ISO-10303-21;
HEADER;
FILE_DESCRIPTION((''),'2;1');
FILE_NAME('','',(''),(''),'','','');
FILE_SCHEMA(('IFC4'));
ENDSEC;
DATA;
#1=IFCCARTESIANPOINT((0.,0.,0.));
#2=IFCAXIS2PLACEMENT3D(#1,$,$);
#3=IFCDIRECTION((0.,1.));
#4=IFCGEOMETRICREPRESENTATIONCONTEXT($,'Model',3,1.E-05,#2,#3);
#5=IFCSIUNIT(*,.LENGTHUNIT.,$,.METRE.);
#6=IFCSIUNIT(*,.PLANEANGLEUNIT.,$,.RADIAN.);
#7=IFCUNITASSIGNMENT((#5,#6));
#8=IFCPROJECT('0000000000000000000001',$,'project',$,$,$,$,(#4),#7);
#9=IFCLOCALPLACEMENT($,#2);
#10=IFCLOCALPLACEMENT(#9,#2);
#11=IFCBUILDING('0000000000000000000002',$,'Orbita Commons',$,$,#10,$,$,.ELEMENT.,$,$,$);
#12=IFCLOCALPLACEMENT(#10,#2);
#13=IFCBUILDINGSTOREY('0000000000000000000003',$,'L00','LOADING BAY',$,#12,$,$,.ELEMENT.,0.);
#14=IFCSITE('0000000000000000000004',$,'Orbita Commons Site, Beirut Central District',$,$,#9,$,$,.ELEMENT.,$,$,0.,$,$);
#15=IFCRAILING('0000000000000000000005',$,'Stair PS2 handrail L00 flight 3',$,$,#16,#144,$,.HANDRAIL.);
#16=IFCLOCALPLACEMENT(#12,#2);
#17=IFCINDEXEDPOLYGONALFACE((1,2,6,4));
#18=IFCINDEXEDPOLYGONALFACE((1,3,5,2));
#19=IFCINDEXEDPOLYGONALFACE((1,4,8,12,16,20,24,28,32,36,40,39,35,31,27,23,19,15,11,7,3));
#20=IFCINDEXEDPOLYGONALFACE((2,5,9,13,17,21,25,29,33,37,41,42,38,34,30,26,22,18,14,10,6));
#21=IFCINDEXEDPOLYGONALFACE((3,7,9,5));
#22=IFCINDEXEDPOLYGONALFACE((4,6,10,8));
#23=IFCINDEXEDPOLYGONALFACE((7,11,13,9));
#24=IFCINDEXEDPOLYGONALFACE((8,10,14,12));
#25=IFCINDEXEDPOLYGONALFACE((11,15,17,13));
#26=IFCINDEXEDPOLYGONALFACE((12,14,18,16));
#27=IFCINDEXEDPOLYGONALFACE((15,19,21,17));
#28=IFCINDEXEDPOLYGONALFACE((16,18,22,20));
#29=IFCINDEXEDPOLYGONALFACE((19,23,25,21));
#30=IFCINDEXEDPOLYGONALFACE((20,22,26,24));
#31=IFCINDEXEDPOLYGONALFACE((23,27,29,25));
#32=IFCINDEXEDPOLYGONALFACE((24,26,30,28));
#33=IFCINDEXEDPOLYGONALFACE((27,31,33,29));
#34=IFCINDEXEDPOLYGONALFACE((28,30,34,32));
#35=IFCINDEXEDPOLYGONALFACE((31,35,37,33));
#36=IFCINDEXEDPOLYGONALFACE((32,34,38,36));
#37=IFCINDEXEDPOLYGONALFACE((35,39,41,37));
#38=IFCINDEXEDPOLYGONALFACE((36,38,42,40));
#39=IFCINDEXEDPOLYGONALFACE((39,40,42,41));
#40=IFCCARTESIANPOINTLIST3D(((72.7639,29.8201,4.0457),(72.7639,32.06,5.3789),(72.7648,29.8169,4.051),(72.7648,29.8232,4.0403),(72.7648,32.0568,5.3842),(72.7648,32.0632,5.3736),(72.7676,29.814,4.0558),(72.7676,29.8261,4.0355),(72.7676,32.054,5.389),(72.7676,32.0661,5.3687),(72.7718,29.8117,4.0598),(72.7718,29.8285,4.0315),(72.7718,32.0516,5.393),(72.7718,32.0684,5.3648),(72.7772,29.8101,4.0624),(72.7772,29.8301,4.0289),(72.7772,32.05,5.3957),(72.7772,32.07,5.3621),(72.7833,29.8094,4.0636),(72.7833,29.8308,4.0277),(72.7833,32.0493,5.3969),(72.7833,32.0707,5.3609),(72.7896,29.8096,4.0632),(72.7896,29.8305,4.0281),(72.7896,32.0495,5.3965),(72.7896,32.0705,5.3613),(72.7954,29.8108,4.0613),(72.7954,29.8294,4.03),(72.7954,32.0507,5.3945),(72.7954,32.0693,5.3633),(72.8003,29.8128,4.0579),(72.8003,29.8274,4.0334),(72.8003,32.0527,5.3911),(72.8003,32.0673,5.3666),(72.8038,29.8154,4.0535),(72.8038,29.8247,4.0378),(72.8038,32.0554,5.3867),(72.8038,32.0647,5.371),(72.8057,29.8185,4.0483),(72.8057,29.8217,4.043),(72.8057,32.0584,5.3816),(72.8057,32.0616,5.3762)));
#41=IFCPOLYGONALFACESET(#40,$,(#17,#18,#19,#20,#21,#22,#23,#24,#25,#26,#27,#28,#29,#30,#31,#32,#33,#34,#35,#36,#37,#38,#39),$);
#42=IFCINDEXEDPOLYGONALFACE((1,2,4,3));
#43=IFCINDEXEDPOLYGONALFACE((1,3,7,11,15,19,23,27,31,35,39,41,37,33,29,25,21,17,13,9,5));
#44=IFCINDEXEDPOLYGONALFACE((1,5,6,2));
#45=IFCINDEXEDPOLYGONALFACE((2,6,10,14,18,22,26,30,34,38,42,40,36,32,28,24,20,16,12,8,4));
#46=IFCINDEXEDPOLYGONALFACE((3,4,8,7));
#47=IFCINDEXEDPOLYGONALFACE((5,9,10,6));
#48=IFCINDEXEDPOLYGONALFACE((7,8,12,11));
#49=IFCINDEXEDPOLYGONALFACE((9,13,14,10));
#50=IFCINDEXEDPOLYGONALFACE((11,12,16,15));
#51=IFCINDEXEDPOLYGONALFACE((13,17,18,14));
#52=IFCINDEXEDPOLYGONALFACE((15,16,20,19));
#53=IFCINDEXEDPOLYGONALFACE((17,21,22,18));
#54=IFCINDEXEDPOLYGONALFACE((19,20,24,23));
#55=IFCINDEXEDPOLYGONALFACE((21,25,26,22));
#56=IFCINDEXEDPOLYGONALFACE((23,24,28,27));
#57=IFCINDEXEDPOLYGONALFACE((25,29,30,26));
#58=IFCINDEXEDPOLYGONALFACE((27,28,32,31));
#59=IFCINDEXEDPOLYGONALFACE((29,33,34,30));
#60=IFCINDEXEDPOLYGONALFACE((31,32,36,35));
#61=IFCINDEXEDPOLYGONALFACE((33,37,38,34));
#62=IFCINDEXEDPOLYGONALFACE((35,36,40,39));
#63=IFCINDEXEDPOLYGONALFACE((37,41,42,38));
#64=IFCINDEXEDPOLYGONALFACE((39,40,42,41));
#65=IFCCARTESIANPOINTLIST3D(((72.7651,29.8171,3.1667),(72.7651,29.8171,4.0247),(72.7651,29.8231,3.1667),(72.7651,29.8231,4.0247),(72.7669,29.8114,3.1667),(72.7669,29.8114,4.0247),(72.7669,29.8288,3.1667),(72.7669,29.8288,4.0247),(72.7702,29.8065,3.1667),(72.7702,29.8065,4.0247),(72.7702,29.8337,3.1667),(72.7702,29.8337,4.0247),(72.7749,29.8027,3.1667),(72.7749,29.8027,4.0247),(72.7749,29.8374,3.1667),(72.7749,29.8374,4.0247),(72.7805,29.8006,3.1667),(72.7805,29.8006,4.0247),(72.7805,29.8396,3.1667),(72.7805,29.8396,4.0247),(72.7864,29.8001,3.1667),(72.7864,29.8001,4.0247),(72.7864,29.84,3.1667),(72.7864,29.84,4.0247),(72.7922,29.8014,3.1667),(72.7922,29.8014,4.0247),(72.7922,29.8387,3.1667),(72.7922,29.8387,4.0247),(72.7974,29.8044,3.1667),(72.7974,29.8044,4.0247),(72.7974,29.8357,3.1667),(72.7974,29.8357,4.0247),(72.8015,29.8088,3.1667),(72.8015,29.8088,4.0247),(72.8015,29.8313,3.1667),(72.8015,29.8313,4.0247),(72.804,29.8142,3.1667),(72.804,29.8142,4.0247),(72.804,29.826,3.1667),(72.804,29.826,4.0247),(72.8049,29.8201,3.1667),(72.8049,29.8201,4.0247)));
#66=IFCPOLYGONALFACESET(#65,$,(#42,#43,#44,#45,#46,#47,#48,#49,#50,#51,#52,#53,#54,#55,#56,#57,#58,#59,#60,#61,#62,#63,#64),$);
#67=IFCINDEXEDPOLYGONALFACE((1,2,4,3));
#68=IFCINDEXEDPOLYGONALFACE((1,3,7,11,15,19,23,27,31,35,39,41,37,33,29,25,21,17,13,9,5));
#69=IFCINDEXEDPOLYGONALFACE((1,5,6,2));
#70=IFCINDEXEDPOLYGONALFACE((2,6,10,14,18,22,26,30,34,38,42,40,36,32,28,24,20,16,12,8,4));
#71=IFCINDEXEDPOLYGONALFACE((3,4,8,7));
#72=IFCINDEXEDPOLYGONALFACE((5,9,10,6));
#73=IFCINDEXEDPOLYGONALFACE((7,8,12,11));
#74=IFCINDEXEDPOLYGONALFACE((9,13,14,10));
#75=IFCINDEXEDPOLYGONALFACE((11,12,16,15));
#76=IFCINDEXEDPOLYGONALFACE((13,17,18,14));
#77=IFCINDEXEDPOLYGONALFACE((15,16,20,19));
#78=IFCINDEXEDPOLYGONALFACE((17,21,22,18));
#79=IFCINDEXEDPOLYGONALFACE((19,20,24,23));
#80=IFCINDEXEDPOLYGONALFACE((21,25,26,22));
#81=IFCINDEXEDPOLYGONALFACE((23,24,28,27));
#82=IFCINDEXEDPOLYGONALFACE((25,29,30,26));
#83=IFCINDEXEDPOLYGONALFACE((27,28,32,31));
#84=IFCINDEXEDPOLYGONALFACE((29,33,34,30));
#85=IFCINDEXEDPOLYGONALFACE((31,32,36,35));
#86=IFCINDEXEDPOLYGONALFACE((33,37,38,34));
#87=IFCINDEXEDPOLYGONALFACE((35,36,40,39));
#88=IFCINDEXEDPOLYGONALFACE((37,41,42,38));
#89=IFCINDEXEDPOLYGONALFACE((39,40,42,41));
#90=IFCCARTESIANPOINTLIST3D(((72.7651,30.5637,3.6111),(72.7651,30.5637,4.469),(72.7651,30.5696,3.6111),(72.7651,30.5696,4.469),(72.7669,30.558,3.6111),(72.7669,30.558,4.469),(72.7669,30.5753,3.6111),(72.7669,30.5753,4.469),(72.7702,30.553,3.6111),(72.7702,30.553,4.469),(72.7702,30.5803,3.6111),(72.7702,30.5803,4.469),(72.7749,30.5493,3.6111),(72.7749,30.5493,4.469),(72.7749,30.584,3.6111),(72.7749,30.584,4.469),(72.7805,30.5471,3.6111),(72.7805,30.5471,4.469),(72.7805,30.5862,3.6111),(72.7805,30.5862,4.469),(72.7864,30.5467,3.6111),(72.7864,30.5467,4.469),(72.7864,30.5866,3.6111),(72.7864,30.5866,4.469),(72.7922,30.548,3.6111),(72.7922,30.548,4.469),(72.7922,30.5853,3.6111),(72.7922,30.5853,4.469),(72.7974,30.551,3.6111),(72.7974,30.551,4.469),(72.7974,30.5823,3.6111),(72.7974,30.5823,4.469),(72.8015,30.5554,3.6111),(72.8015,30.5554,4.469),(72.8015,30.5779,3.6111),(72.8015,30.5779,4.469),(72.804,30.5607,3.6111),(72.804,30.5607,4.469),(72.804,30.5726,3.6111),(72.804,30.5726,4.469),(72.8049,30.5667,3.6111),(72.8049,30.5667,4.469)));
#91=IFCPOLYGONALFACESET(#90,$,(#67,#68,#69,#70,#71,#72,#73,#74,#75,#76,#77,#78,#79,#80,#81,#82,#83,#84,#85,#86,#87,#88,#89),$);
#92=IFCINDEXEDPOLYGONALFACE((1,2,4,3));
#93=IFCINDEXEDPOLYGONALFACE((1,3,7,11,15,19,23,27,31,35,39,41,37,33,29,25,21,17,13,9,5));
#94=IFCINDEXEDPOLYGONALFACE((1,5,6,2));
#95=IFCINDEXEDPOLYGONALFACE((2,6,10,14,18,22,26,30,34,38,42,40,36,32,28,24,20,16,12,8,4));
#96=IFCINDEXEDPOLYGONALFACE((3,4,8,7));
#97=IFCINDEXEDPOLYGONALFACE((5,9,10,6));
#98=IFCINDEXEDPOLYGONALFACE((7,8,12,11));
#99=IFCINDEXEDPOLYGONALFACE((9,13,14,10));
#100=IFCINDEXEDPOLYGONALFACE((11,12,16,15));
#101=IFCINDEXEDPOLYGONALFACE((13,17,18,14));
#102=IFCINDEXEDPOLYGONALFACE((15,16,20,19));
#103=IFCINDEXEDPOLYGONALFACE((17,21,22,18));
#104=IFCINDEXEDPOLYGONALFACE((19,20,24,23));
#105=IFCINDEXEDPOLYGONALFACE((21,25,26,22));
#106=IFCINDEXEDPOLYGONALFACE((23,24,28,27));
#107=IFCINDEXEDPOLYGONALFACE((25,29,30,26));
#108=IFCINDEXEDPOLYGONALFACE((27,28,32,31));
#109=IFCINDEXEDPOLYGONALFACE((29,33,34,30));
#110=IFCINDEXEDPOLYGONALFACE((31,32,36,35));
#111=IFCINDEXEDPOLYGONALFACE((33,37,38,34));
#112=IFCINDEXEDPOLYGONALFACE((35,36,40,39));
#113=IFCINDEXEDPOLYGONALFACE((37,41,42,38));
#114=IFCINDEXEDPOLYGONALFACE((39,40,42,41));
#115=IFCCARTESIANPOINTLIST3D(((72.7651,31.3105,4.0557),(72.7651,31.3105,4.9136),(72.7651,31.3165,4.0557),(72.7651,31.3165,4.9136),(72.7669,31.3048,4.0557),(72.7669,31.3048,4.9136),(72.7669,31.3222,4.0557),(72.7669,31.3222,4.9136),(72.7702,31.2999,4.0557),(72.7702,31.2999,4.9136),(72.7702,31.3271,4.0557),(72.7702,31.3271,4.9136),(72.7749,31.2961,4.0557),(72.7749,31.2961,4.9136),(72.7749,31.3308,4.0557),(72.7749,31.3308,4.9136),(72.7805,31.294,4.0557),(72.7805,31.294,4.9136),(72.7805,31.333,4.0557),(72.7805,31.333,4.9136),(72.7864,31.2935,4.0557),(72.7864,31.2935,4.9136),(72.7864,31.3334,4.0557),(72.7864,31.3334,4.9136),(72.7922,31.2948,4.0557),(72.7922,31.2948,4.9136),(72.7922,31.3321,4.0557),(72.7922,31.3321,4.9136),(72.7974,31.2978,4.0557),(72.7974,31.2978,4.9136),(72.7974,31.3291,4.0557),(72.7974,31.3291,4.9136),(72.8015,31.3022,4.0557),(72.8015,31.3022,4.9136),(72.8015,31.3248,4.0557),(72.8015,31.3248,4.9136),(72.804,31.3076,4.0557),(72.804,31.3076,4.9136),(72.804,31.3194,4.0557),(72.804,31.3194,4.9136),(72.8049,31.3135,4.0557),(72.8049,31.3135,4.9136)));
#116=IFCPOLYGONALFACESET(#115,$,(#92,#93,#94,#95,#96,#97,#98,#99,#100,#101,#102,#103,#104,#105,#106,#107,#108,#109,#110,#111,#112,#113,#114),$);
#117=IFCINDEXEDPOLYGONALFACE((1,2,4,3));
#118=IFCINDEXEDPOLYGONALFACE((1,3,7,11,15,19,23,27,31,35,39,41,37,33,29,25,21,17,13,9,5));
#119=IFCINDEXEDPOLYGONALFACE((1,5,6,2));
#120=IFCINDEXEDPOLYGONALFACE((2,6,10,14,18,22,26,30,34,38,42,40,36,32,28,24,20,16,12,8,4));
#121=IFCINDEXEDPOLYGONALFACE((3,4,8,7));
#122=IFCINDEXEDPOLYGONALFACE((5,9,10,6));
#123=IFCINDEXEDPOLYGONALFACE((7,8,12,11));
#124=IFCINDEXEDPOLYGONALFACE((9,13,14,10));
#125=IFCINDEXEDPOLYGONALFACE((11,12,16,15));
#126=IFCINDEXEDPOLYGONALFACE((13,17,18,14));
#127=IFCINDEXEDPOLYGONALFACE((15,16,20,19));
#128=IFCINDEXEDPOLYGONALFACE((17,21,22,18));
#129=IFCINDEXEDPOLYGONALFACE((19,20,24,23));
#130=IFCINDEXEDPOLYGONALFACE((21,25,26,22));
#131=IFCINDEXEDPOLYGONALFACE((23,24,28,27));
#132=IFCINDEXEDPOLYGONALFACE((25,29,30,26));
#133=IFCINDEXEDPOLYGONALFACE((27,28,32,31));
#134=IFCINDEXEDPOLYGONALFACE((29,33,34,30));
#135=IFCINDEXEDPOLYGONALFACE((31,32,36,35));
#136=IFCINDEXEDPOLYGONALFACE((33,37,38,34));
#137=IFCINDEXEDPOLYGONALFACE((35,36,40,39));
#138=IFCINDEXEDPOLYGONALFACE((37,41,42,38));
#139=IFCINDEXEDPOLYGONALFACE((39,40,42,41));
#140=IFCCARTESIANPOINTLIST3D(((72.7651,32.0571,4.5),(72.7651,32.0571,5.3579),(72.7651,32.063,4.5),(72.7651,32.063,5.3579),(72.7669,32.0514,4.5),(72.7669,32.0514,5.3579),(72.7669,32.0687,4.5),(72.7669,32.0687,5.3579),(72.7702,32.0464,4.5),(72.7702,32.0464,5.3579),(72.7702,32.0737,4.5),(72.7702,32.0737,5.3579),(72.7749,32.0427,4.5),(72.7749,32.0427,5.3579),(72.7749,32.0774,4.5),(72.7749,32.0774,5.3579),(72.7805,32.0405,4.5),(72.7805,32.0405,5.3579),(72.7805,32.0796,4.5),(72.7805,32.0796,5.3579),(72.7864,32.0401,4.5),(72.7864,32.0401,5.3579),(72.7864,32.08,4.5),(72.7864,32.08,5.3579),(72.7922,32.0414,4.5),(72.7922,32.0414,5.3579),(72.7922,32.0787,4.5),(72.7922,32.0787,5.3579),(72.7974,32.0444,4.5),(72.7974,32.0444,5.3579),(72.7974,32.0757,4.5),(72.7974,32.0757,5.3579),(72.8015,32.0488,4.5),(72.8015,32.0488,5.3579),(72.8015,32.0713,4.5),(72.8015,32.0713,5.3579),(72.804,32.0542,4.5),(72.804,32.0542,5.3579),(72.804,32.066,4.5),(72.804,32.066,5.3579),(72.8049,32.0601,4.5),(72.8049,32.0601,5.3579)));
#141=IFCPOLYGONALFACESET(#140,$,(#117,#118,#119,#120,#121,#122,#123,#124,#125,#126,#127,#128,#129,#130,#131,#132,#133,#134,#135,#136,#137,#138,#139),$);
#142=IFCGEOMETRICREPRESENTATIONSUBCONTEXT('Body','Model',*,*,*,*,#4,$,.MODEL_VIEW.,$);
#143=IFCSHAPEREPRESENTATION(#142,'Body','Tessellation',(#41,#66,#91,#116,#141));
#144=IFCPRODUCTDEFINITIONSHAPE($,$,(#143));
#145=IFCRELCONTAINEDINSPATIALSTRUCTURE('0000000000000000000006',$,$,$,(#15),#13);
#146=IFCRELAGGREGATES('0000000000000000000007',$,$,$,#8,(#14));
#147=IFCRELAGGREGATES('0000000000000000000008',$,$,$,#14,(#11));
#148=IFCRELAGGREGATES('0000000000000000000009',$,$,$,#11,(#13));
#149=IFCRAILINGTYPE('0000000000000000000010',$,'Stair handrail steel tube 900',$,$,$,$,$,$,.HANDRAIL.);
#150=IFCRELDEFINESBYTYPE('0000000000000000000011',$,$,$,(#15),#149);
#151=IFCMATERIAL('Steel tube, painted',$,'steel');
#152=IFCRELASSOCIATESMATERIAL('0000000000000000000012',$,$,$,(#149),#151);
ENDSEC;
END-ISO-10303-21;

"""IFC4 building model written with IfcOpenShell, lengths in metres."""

from ifc_helpers import new_model, si_unit, direction, frame, origin, origin_2d, place, context, subcontext, project, spatial, circle, extrude, material, type_object, element, save


model = new_model("IFC4")

# Units and contexts
model_context = context("Model", 3, precision=1e-05, world=origin(), true_north=direction((0.0, 1.0)))
body_context = subcontext(model_context, "Body", "Model", "MODEL_VIEW")
ifc_project = project(units=[si_unit("LENGTHUNIT", "METRE"), si_unit("PLANEANGLEUNIT", "RADIAN")], contexts=[model_context])

# Site, building, storey
site_placement = place(None, origin())
site = spatial("IfcSite", under=ifc_project, at=site_placement, Name="Orbita Commons Site, Beirut Central District", CompositionType="ELEMENT", RefElevation=0.0)
building_placement = place(site_placement, origin())
building = spatial("IfcBuilding", under=site, at=building_placement, Name="Orbita Commons", CompositionType="ELEMENT")
storey_placement = place(building_placement, origin())
storey = spatial("IfcBuildingStorey", under=building, at=storey_placement, Name="L00", Description="LOADING BAY", CompositionType="ELEMENT", Elevation=0.0)

# Railing
ifc_material_1 = material(Name="Steel tube, painted", Category="steel")
railing_type_1 = type_object("IfcRailingType", Name="Stair handrail steel tube 900", PredefinedType="HANDRAIL", material=ifc_material_1)
for number, where, name in (
    (1, (72.7849, 29.8201, 3.1667), "Stair PS2 handrail L00 flight 3"),
):
    element("IfcRailing", number, at=place(storey_placement, frame(where)), inside=storey, type_object=railing_type_1, Name=name, PredefinedType="HANDRAIL", context=body_context, shape_type="SweptSolid", body=[
        extrude(circle(Radius=0.021, at=origin_2d()), frame((0.0, 0.0, 0.8789), z_axis=(0.0, 0.859306, 0.511462), x_axis=(-1.0, 0.0, 0.0)), (0.0, 0.0, 1.0), 2.6067),
        extrude(circle(Radius=0.02, at=origin_2d()), origin(), (0.0, 0.0, 1.0), 0.8579),
        extrude(circle(Radius=0.02, at=origin_2d()), frame((0.0, 0.7466, 0.4443)), (0.0, 0.0, 1.0), 0.8579),
        extrude(circle(Radius=0.02, at=origin_2d()), frame((0.0, 1.4934, 0.8889)), (0.0, 0.0, 1.0), 0.8579),
        extrude(circle(Radius=0.02, at=origin_2d()), frame((0.0, 2.24, 1.3333)), (0.0, 0.0, 1.0), 0.8579),
    ])

save(model, "model.ifc")
